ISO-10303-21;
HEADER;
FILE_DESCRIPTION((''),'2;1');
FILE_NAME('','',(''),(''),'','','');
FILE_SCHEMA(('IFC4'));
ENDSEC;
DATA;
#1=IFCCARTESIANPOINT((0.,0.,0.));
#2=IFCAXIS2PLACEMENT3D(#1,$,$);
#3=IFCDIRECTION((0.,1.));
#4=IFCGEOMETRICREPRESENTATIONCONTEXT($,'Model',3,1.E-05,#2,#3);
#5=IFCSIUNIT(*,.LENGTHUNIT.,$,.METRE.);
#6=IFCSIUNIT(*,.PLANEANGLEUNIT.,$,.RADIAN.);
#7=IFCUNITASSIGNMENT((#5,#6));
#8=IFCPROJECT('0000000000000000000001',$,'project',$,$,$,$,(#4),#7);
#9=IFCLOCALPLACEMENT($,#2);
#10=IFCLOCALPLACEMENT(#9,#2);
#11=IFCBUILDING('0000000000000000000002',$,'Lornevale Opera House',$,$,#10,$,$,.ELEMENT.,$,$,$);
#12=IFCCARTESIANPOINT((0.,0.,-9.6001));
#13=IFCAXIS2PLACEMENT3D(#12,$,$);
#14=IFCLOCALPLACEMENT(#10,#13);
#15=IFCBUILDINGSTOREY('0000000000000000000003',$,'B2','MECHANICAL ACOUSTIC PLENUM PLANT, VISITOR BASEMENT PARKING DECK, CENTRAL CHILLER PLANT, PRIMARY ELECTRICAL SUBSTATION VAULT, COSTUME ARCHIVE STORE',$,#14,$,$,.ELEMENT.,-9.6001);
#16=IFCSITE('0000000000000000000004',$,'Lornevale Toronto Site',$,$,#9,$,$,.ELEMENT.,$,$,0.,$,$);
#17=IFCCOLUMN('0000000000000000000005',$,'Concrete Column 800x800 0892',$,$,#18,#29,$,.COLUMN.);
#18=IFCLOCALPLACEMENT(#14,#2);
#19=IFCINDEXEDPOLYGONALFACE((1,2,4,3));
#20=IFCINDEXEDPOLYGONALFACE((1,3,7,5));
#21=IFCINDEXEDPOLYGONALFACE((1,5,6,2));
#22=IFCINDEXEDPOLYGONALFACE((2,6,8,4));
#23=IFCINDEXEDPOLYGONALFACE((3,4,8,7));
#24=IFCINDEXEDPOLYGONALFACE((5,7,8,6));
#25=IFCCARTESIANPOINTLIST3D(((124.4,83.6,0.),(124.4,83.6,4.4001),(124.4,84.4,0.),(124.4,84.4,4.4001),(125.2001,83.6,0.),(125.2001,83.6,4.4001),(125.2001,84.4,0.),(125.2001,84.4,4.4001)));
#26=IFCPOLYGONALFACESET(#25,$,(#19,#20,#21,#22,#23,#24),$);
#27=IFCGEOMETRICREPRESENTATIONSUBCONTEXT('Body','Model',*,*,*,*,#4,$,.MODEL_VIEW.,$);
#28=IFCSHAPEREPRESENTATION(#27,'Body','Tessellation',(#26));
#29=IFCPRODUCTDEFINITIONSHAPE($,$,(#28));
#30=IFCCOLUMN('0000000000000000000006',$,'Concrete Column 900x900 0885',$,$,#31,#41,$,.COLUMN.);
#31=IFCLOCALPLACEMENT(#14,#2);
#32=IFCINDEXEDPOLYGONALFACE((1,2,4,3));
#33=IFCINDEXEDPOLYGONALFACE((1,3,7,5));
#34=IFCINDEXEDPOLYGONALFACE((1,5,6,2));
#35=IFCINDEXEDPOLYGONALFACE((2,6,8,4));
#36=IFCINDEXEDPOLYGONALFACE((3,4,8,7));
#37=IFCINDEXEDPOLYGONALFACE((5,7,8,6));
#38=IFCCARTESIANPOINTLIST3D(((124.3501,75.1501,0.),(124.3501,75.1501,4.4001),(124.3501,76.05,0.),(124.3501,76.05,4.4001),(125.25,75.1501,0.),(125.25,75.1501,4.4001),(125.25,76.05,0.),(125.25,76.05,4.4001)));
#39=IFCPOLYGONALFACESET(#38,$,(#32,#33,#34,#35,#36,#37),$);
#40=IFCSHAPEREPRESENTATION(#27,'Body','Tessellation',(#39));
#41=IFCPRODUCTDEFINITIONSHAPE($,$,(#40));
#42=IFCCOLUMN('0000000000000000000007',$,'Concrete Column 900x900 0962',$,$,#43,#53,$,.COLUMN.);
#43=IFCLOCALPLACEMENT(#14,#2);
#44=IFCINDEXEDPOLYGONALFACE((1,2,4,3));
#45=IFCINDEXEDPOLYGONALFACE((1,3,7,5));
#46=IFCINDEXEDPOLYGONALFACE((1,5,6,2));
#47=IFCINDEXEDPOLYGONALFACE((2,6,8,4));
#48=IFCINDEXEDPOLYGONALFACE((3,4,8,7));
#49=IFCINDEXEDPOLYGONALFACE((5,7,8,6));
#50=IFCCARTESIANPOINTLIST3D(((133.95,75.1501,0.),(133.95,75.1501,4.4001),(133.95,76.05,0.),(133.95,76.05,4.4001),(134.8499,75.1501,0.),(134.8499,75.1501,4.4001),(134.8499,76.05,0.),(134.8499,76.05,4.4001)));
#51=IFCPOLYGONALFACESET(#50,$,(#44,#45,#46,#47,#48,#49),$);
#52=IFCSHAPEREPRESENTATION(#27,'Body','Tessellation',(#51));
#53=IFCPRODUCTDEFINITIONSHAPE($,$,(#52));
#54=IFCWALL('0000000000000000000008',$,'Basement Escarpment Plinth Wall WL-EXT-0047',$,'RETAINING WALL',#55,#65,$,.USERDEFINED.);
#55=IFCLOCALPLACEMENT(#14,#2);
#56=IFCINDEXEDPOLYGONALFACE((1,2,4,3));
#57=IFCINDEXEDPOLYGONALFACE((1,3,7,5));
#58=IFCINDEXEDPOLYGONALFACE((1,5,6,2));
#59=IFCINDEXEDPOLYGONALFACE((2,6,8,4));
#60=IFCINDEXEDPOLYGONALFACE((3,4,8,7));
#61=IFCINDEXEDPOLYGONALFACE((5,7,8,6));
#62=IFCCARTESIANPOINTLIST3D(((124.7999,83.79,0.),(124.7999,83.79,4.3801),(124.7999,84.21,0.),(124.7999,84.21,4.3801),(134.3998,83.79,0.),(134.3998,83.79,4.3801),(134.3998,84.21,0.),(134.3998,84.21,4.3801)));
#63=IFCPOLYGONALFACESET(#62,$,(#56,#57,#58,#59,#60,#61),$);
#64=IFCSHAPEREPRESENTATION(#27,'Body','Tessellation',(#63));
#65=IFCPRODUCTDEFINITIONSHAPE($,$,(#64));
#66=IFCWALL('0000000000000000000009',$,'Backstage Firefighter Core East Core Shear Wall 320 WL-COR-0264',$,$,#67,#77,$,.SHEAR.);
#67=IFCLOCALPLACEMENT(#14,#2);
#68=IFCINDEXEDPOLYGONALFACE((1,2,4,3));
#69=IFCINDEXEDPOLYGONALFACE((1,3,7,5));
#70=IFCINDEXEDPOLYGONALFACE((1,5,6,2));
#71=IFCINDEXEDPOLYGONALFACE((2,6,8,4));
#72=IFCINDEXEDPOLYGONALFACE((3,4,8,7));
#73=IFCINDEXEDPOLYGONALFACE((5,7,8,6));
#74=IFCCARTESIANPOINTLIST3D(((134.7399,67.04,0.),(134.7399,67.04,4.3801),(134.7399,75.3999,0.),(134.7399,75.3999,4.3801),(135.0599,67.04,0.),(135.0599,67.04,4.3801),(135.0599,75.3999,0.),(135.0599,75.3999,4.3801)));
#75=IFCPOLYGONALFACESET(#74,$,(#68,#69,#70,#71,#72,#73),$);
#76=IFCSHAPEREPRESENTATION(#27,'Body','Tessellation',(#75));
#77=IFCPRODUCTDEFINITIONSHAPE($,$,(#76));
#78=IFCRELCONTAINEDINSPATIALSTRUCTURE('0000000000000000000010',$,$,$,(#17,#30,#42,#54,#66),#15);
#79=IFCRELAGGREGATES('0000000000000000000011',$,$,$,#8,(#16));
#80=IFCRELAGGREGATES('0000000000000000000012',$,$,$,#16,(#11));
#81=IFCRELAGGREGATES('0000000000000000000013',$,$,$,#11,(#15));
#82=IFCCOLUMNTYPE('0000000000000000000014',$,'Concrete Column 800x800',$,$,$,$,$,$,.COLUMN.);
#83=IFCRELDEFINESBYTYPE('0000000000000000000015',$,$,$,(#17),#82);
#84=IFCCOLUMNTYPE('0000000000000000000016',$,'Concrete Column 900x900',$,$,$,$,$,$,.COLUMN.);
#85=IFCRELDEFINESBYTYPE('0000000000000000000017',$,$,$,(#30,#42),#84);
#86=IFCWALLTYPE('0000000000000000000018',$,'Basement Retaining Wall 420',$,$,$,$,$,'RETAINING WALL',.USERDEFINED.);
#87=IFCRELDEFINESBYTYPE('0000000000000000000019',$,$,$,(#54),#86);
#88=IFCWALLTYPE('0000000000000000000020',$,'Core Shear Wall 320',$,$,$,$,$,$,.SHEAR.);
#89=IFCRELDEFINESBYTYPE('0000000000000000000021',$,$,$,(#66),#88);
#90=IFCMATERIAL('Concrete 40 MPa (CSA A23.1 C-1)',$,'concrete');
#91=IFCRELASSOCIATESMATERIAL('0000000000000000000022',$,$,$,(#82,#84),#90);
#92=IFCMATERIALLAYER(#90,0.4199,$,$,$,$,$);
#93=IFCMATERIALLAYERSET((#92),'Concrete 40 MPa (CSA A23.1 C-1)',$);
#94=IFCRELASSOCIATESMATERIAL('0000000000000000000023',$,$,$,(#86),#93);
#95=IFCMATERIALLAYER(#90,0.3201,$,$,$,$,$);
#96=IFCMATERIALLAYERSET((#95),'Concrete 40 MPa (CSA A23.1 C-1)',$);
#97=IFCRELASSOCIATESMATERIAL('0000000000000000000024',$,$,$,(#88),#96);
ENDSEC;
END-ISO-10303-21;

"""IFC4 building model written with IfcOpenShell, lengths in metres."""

from ifc_helpers import new_model, si_unit, direction, frame, frame_2d, origin, origin_2d, place, context, subcontext, project, spatial, rectangle, extrude, material, layer, layer_set, material_profile, profile_set, type_object, element, save


model = new_model("IFC4")

# Units and contexts
model_context = context("Model", 3, precision=1e-05, world=origin(), true_north=direction((0.0, 1.0)))
body_context = subcontext(model_context, "Body", "Model", "MODEL_VIEW")
ifc_project = project(units=[si_unit("LENGTHUNIT", "METRE"), si_unit("PLANEANGLEUNIT", "RADIAN")], contexts=[model_context])

# Site, building, storey
site_placement = place(None, origin())
site = spatial("IfcSite", under=ifc_project, at=site_placement, Name="Lornevale Toronto Site", CompositionType="ELEMENT", RefElevation=0.0)
building_placement = place(site_placement, origin())
building = spatial("IfcBuilding", under=site, at=building_placement, Name="Lornevale Opera House", CompositionType="ELEMENT")
storey_placement = place(building_placement, frame((0.0, 0.0, -9.6001)))
storey = spatial("IfcBuildingStorey", under=building, at=storey_placement, Name="B2", Description="MECHANICAL ACOUSTIC PLENUM PLANT, VISITOR BASEMENT PARKING DECK, CENTRAL CHILLER PLANT, PRIMARY ELECTRICAL SUBSTATION VAULT, COSTUME ARCHIVE STORE", CompositionType="ELEMENT", Elevation=-9.6001)

# Shared definitions
ifc_material_1 = material(Name="Concrete 40 MPa (CSA A23.1 C-1)", Category="concrete")

# Columns
ifc_material_profile_1 = material_profile(ifc_material_1, rectangle(XDim=0.8, YDim=0.8, at=origin_2d()), Name="RC800x800")
ifc_profile_set_1 = profile_set([ifc_material_profile_1], Name="Concrete 40 MPa (CSA A23.1 C-1)")
column_type_1 = type_object("IfcColumnType", Name="Concrete Column 800x800", PredefinedType="COLUMN", material=ifc_profile_set_1)
column_1_placement = place(storey_placement, frame((124.8, 84.0, 0.0), z_axis=(0.0, 0.0, 1.0), x_axis=(1.0, 0.0, 0.0)))
element("IfcColumn", 1, at=column_1_placement, inside=storey, type_object=column_type_1, Name="Concrete Column 800x800 0892", PredefinedType="COLUMN", context=body_context, shape_type="SweptSolid", body=[
    extrude(rectangle(XDim=0.8, YDim=0.8, at=origin_2d()), origin(), (0.0, 0.0, 1.0), 4.4001),
])
ifc_material_profile_2 = material_profile(ifc_material_1, rectangle(XDim=0.8999, YDim=0.8999, at=origin_2d()), Name="RC900x900")
ifc_profile_set_2 = profile_set([ifc_material_profile_2], Name="Concrete 40 MPa (CSA A23.1 C-1)")
column_type_2 = type_object("IfcColumnType", Name="Concrete Column 900x900", PredefinedType="COLUMN", material=ifc_profile_set_2)
for number, where, z_axis, x_axis, name in (
    (2, (124.8, 75.6001, 0.0), (0.0, 0.0, 1.0), (1.0, 0.0, 0.0), "Concrete Column 900x900 0885"),
    (3, (134.3999, 75.6001, 0.0), (0.0, 0.0, 1.0), (1.0, 0.0, 0.0), "Concrete Column 900x900 0962"),
):
    element("IfcColumn", number, at=place(storey_placement, frame(where, z_axis=z_axis, x_axis=x_axis)), inside=storey, type_object=column_type_2, Name=name, PredefinedType="COLUMN", context=body_context, shape_type="SweptSolid", body=[
        extrude(rectangle(XDim=0.8999, YDim=0.8999, at=origin_2d()), origin(), (0.0, 0.0, 1.0), 4.4001),
    ])

# Walls
ifc_layer_1 = layer(ifc_material_1, 0.4199)
ifc_layer_set_1 = layer_set([ifc_layer_1], Name="Concrete 40 MPa (CSA A23.1 C-1)")
wall_type_1 = type_object("IfcWallType", Name="Basement Retaining Wall 420", ElementType="RETAINING WALL", PredefinedType="USERDEFINED", material=ifc_layer_set_1)
wall_1_placement = place(storey_placement, frame((124.8, 84.0, 0.0), z_axis=(0.0, 0.0, 1.0), x_axis=(1.0, 0.0, 0.0)))
element("IfcWall", 4, at=wall_1_placement, inside=storey, type_object=wall_type_1, Name="Basement Escarpment Plinth Wall WL-EXT-0047", ObjectType="RETAINING WALL", PredefinedType="USERDEFINED", context=body_context, shape_type="SweptSolid", body=[
    extrude(rectangle(XDim=9.5999, YDim=0.4199, at=frame_2d((4.7998, 0.0))), origin(), (0.0, 0.0, 1.0), 4.3801),
])
ifc_layer_2 = layer(ifc_material_1, 0.3201)
ifc_layer_set_2 = layer_set([ifc_layer_2], Name="Concrete 40 MPa (CSA A23.1 C-1)")
wall_type_2 = type_object("IfcWallType", Name="Core Shear Wall 320", PredefinedType="SHEAR", material=ifc_layer_set_2)
wall_2_placement = place(storey_placement, frame((134.8999, 75.3999, 0.0), z_axis=(0.0, 0.0, 1.0), x_axis=(0.0, -1.0, 0.0)))
element("IfcWall", 5, at=wall_2_placement, inside=storey, type_object=wall_type_2, Name="Backstage Firefighter Core East Core Shear Wall 320 WL-COR-0264", PredefinedType="SHEAR", context=body_context, shape_type="SweptSolid", body=[
    extrude(rectangle(XDim=8.3599, YDim=0.3201, at=frame_2d((4.1799, 0.0))), origin(), (0.0, 0.0, 1.0), 4.3801),
])

save(model, "model.ifc")
